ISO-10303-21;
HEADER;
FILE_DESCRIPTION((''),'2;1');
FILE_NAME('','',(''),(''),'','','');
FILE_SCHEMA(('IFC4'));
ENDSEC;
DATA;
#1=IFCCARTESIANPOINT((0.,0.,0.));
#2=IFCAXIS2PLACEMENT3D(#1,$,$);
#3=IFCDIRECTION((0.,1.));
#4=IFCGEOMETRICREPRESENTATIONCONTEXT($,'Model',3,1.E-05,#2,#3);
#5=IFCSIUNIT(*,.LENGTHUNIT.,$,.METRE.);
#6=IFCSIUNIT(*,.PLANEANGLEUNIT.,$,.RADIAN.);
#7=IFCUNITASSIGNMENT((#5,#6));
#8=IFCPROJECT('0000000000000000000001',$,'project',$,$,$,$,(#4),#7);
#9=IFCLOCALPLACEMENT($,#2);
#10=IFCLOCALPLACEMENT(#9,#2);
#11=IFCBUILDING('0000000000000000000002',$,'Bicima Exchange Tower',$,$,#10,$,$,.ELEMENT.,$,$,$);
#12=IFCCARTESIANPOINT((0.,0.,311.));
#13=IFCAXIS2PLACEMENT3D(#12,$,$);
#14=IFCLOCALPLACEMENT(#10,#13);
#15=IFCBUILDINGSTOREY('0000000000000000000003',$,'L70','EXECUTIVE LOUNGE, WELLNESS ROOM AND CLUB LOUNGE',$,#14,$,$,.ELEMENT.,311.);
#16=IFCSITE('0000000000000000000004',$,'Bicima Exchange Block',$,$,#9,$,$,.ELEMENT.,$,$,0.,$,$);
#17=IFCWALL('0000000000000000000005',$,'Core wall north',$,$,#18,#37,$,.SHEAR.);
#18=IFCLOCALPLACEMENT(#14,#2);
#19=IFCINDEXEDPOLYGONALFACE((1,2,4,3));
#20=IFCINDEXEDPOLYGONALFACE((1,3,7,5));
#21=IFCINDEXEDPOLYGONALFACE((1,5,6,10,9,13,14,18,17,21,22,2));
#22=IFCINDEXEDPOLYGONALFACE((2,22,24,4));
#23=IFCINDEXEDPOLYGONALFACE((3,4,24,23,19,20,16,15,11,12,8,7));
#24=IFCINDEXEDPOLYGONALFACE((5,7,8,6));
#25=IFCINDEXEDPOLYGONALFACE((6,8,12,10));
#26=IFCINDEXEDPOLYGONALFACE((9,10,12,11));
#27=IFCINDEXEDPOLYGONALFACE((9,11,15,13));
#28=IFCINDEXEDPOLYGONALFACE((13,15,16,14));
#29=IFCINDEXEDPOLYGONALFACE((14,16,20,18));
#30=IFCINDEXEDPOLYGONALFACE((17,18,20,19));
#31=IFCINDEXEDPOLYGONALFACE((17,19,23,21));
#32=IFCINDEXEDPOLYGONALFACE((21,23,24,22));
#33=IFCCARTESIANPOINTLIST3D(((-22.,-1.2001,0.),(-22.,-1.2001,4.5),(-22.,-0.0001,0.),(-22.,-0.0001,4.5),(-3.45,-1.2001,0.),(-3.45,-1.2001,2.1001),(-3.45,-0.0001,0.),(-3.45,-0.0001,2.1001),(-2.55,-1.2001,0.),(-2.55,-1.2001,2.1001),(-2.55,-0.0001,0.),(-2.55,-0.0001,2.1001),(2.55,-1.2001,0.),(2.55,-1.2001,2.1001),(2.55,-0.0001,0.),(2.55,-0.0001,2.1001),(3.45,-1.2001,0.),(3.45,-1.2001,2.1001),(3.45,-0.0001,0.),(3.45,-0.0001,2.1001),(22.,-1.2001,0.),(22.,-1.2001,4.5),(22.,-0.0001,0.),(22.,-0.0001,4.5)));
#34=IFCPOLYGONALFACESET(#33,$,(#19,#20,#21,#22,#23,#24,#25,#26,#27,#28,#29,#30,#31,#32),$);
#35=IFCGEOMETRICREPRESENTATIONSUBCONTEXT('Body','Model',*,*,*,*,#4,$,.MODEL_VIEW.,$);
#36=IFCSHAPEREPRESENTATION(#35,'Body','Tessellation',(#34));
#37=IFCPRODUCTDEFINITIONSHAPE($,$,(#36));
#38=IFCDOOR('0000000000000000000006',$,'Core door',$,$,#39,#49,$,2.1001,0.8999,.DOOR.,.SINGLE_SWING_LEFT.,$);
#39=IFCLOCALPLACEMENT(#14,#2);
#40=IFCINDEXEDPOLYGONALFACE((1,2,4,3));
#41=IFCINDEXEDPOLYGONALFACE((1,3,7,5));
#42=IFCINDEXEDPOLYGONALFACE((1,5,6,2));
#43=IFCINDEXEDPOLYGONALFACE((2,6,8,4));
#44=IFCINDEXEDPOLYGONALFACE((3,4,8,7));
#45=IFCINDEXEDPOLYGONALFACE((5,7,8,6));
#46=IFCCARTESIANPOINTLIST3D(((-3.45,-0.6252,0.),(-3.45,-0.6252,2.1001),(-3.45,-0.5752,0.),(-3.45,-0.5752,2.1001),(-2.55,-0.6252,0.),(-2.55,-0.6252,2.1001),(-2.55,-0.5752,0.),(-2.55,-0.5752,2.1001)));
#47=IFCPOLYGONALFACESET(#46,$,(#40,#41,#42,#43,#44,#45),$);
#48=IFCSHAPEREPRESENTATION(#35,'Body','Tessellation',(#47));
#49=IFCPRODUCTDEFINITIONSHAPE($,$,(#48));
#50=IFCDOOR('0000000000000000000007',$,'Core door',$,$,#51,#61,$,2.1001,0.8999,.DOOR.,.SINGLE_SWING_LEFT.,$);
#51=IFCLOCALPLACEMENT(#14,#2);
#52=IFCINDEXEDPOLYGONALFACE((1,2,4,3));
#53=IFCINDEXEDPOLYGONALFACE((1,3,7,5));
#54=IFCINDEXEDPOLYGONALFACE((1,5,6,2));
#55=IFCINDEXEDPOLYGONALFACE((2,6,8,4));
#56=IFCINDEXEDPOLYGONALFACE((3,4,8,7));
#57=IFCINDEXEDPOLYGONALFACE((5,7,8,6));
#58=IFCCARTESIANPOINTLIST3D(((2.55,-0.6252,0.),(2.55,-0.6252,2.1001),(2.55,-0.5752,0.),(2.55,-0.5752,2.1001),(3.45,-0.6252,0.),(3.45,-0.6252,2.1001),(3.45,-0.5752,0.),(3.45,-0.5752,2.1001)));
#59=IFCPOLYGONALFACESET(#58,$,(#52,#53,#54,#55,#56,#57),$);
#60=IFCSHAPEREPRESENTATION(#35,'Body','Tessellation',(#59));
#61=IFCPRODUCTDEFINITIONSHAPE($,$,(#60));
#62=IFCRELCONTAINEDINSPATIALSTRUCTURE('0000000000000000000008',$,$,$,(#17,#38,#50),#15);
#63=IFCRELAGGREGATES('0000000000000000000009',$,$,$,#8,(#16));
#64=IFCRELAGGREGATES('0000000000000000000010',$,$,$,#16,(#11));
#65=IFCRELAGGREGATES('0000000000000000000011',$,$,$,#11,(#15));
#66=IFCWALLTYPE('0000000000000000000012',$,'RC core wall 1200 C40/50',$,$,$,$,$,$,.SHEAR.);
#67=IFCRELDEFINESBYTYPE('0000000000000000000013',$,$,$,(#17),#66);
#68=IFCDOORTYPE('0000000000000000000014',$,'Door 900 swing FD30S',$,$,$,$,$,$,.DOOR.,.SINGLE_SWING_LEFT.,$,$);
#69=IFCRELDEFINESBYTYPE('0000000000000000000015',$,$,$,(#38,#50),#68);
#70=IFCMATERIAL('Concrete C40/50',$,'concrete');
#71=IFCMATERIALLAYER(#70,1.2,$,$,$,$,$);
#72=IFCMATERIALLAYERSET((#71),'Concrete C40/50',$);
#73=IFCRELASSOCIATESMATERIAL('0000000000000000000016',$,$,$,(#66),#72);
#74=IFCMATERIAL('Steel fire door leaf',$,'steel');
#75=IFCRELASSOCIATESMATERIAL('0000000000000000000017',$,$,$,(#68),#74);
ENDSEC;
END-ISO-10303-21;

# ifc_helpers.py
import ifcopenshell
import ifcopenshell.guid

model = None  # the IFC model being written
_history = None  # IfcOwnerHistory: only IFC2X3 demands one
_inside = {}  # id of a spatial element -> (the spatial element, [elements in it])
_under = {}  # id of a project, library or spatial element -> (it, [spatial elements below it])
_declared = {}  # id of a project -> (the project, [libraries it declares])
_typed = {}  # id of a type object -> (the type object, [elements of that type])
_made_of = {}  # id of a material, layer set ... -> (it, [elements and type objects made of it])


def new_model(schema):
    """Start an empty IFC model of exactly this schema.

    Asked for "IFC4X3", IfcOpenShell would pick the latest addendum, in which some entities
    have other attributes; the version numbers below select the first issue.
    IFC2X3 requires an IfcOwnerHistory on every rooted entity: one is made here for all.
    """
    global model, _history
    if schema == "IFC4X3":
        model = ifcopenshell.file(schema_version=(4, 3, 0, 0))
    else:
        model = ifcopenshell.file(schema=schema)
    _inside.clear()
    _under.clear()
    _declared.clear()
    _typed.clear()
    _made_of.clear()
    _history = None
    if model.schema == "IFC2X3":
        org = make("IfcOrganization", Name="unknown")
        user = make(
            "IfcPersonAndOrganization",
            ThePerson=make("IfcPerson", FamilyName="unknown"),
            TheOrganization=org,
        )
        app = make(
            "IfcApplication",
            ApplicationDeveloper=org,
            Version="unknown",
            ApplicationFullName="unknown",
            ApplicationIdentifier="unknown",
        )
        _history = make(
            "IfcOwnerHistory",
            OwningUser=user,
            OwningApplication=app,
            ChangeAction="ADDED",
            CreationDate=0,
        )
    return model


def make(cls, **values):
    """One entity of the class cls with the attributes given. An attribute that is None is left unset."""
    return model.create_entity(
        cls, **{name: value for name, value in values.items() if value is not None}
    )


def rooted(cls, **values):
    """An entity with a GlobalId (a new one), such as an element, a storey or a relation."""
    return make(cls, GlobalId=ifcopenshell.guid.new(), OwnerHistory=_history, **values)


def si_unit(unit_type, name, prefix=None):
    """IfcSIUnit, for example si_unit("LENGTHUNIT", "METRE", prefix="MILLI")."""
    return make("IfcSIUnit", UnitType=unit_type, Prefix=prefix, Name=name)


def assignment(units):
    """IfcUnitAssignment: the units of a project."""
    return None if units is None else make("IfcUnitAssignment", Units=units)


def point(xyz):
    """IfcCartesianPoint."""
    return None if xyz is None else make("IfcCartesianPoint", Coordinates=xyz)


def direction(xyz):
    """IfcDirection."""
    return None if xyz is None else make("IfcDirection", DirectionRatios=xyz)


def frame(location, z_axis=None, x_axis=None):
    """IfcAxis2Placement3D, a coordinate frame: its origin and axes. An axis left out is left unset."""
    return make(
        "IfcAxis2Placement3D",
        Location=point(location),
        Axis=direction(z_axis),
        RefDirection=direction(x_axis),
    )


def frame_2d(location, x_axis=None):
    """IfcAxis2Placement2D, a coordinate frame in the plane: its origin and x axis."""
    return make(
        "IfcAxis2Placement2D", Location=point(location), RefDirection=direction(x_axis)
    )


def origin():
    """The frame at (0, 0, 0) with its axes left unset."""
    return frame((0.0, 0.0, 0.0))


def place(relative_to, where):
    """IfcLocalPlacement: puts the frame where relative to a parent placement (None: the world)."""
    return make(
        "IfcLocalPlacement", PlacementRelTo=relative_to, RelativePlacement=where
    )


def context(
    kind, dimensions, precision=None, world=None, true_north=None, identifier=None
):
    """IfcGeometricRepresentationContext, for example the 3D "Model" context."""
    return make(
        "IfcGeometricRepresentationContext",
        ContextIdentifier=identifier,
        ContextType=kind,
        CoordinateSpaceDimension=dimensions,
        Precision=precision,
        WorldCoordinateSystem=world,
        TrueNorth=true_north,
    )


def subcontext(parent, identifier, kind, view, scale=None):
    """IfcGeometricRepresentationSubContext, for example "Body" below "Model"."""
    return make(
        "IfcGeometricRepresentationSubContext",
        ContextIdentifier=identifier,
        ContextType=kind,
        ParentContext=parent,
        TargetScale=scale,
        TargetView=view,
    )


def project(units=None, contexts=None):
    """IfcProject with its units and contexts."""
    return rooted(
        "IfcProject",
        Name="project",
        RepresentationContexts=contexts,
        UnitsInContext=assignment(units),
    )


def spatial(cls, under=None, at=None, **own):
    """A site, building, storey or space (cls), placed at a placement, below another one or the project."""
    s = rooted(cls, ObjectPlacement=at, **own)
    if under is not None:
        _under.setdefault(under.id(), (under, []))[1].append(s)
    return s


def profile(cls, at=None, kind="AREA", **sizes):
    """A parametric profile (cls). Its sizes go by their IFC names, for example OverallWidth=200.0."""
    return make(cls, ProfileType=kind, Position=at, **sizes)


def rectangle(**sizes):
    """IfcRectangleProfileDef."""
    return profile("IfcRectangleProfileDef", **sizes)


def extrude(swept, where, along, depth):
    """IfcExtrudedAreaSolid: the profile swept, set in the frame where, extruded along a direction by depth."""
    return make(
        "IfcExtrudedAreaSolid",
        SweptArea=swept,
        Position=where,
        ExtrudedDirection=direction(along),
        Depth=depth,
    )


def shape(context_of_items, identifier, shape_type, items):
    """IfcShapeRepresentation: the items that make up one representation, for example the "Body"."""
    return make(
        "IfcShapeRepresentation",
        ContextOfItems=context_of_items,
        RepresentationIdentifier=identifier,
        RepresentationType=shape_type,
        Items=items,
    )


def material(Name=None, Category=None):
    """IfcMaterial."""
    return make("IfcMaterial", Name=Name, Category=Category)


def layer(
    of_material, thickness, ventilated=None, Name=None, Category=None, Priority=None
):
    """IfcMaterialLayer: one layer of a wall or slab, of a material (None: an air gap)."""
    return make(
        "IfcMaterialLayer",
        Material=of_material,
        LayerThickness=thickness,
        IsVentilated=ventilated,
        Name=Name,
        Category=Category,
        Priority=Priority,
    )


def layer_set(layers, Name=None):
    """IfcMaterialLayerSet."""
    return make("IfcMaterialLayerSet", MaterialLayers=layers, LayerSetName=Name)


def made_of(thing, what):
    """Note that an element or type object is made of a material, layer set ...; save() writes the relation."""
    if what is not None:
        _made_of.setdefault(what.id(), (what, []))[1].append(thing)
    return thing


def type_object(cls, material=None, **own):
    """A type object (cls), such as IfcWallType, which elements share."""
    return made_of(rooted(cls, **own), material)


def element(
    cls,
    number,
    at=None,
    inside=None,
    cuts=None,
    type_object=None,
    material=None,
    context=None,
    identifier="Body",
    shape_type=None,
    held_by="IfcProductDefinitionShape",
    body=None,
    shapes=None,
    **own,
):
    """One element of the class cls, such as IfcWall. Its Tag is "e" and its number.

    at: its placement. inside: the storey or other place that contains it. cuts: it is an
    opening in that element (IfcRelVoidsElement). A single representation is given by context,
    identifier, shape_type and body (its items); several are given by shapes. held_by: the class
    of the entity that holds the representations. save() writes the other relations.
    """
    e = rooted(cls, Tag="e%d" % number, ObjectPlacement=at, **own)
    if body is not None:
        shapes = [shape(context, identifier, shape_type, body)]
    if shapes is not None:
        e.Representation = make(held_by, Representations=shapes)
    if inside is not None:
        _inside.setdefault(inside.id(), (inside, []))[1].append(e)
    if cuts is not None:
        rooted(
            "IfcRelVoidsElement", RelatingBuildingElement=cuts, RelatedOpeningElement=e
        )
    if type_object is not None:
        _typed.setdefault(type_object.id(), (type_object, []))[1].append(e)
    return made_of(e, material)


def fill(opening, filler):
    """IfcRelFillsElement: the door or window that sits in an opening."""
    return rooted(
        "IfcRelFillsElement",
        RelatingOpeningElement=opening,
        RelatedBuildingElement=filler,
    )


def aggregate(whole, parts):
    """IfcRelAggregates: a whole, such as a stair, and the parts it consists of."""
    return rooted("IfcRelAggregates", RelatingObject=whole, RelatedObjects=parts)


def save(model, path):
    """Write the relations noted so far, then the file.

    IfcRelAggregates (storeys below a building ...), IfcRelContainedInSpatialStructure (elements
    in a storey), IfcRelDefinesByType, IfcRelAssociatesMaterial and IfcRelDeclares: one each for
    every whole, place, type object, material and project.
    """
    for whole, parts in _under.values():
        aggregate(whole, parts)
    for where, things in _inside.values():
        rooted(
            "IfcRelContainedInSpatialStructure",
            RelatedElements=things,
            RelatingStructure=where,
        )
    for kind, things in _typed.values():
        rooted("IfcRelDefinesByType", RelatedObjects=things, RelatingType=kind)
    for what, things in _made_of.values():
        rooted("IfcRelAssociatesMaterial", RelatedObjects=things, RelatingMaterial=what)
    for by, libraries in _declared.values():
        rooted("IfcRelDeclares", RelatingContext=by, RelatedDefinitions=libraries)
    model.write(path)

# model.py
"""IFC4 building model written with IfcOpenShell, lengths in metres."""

from ifc_helpers import new_model, si_unit, direction, frame, frame_2d, origin, place, context, subcontext, project, spatial, rectangle, extrude, material, layer, layer_set, type_object, element, fill, save


model = new_model("IFC4")

# Units and contexts
model_context = context("Model", 3, precision=1e-05, world=origin(), true_north=direction((0.0, 1.0)))
body_context = subcontext(model_context, "Body", "Model", "MODEL_VIEW")
ifc_project = project(units=[si_unit("LENGTHUNIT", "METRE"), si_unit("PLANEANGLEUNIT", "RADIAN")], contexts=[model_context])

# Site, building, storey
site_placement = place(None, origin())
site = spatial("IfcSite", under=ifc_project, at=site_placement, Name="Bicima Exchange Block", CompositionType="ELEMENT", RefElevation=0.0)
building_placement = place(site_placement, origin())
building = spatial("IfcBuilding", under=site, at=building_placement, Name="Bicima Exchange Tower", CompositionType="ELEMENT")
storey_placement = place(building_placement, frame((0.0, 0.0, 311.0)))
storey = spatial("IfcBuildingStorey", under=building, at=storey_placement, Name="L70", Description="EXECUTIVE LOUNGE, WELLNESS ROOM AND CLUB LOUNGE", CompositionType="ELEMENT", Elevation=311.0)

# Wall, openings, doors
ifc_material_1 = material(Name="Concrete C40/50", Category="concrete")
ifc_layer_1 = layer(ifc_material_1, 1.2)
ifc_layer_set_1 = layer_set([ifc_layer_1], Name="Concrete C40/50")
wall_type_1 = type_object("IfcWallType", Name="RC core wall 1200 C40/50", PredefinedType="SHEAR", material=ifc_layer_set_1)
wall_1_placement = place(storey_placement, frame((-22.0, -0.6001, 0.0), z_axis=(0.0, 0.0, 1.0), x_axis=(1.0, 0.0, 0.0)))
wall_1 = element("IfcWall", 1, at=wall_1_placement, inside=storey, type_object=wall_type_1, Name="Core wall north", PredefinedType="SHEAR", context=body_context, shape_type="SweptSolid", body=[
    extrude(rectangle(XDim=44.0, YDim=1.2, at=frame_2d((22.0, 0.0))), origin(), (0.0, 0.0, 1.0), 4.5),
])
opening_1_placement = place(wall_1_placement, frame((18.55, 0.0, 0.0)))
opening_1 = element("IfcOpeningElement", 2, at=opening_1_placement, cuts=wall_1, PredefinedType="OPENING", context=body_context, shape_type="SweptSolid", body=[
    extrude(rectangle(XDim=0.8999, YDim=2.1001, at=frame_2d((0.45, 1.05))), frame((0.0, 0.6118, 0.0), z_axis=(0.0, -1.0, 0.0), x_axis=(1.0, 0.0, 0.0)), (0.0, 0.0, 1.0), 1.2239),
])
opening_2_placement = place(wall_1_placement, frame((24.55, 0.0, 0.0)))
opening_2 = element("IfcOpeningElement", 3, at=opening_2_placement, cuts=wall_1, PredefinedType="OPENING", context=body_context, shape_type="SweptSolid", body=[
    extrude(rectangle(XDim=0.8999, YDim=2.1001, at=frame_2d((0.45, 1.05))), frame((0.0, 0.6118, 0.0), z_axis=(0.0, -1.0, 0.0), x_axis=(1.0, 0.0, 0.0)), (0.0, 0.0, 1.0), 1.2239),
])
ifc_material_2 = material(Name="Steel fire door leaf", Category="steel")
door_type_1 = type_object("IfcDoorType", Name="Door 900 swing FD30S", OperationType="SINGLE_SWING_LEFT", PredefinedType="DOOR", material=ifc_material_2)
door_1_placement = place(opening_1_placement, origin())
door_1 = element("IfcDoor", 4, at=door_1_placement, inside=storey, type_object=door_type_1, Name="Core door", OperationType="SINGLE_SWING_LEFT", OverallHeight=2.1001, OverallWidth=0.8999, PredefinedType="DOOR", context=body_context, shape_type="SweptSolid", body=[
    extrude(rectangle(XDim=0.8999, YDim=2.1001, at=frame_2d((0.45, 1.05))), frame((0.0, 0.0249, 0.0), z_axis=(0.0, -1.0, 0.0), x_axis=(1.0, 0.0, 0.0)), (0.0, 0.0, 1.0), 0.05),
])
fill(opening_1, door_1)
door_2_placement = place(opening_2_placement, origin())
door_2 = element("IfcDoor", 5, at=door_2_placement, inside=storey, type_object=door_type_1, Name="Core door", OperationType="SINGLE_SWING_LEFT", OverallHeight=2.1001, OverallWidth=0.8999, PredefinedType="DOOR", context=body_context, shape_type="SweptSolid", body=[
    extrude(rectangle(XDim=0.8999, YDim=2.1001, at=frame_2d((0.45, 1.05))), frame((0.0, 0.0249, 0.0), z_axis=(0.0, -1.0, 0.0), x_axis=(1.0, 0.0, 0.0)), (0.0, 0.0, 1.0), 0.05),
])
fill(opening_2, door_2)

save(model, "model.ifc")
